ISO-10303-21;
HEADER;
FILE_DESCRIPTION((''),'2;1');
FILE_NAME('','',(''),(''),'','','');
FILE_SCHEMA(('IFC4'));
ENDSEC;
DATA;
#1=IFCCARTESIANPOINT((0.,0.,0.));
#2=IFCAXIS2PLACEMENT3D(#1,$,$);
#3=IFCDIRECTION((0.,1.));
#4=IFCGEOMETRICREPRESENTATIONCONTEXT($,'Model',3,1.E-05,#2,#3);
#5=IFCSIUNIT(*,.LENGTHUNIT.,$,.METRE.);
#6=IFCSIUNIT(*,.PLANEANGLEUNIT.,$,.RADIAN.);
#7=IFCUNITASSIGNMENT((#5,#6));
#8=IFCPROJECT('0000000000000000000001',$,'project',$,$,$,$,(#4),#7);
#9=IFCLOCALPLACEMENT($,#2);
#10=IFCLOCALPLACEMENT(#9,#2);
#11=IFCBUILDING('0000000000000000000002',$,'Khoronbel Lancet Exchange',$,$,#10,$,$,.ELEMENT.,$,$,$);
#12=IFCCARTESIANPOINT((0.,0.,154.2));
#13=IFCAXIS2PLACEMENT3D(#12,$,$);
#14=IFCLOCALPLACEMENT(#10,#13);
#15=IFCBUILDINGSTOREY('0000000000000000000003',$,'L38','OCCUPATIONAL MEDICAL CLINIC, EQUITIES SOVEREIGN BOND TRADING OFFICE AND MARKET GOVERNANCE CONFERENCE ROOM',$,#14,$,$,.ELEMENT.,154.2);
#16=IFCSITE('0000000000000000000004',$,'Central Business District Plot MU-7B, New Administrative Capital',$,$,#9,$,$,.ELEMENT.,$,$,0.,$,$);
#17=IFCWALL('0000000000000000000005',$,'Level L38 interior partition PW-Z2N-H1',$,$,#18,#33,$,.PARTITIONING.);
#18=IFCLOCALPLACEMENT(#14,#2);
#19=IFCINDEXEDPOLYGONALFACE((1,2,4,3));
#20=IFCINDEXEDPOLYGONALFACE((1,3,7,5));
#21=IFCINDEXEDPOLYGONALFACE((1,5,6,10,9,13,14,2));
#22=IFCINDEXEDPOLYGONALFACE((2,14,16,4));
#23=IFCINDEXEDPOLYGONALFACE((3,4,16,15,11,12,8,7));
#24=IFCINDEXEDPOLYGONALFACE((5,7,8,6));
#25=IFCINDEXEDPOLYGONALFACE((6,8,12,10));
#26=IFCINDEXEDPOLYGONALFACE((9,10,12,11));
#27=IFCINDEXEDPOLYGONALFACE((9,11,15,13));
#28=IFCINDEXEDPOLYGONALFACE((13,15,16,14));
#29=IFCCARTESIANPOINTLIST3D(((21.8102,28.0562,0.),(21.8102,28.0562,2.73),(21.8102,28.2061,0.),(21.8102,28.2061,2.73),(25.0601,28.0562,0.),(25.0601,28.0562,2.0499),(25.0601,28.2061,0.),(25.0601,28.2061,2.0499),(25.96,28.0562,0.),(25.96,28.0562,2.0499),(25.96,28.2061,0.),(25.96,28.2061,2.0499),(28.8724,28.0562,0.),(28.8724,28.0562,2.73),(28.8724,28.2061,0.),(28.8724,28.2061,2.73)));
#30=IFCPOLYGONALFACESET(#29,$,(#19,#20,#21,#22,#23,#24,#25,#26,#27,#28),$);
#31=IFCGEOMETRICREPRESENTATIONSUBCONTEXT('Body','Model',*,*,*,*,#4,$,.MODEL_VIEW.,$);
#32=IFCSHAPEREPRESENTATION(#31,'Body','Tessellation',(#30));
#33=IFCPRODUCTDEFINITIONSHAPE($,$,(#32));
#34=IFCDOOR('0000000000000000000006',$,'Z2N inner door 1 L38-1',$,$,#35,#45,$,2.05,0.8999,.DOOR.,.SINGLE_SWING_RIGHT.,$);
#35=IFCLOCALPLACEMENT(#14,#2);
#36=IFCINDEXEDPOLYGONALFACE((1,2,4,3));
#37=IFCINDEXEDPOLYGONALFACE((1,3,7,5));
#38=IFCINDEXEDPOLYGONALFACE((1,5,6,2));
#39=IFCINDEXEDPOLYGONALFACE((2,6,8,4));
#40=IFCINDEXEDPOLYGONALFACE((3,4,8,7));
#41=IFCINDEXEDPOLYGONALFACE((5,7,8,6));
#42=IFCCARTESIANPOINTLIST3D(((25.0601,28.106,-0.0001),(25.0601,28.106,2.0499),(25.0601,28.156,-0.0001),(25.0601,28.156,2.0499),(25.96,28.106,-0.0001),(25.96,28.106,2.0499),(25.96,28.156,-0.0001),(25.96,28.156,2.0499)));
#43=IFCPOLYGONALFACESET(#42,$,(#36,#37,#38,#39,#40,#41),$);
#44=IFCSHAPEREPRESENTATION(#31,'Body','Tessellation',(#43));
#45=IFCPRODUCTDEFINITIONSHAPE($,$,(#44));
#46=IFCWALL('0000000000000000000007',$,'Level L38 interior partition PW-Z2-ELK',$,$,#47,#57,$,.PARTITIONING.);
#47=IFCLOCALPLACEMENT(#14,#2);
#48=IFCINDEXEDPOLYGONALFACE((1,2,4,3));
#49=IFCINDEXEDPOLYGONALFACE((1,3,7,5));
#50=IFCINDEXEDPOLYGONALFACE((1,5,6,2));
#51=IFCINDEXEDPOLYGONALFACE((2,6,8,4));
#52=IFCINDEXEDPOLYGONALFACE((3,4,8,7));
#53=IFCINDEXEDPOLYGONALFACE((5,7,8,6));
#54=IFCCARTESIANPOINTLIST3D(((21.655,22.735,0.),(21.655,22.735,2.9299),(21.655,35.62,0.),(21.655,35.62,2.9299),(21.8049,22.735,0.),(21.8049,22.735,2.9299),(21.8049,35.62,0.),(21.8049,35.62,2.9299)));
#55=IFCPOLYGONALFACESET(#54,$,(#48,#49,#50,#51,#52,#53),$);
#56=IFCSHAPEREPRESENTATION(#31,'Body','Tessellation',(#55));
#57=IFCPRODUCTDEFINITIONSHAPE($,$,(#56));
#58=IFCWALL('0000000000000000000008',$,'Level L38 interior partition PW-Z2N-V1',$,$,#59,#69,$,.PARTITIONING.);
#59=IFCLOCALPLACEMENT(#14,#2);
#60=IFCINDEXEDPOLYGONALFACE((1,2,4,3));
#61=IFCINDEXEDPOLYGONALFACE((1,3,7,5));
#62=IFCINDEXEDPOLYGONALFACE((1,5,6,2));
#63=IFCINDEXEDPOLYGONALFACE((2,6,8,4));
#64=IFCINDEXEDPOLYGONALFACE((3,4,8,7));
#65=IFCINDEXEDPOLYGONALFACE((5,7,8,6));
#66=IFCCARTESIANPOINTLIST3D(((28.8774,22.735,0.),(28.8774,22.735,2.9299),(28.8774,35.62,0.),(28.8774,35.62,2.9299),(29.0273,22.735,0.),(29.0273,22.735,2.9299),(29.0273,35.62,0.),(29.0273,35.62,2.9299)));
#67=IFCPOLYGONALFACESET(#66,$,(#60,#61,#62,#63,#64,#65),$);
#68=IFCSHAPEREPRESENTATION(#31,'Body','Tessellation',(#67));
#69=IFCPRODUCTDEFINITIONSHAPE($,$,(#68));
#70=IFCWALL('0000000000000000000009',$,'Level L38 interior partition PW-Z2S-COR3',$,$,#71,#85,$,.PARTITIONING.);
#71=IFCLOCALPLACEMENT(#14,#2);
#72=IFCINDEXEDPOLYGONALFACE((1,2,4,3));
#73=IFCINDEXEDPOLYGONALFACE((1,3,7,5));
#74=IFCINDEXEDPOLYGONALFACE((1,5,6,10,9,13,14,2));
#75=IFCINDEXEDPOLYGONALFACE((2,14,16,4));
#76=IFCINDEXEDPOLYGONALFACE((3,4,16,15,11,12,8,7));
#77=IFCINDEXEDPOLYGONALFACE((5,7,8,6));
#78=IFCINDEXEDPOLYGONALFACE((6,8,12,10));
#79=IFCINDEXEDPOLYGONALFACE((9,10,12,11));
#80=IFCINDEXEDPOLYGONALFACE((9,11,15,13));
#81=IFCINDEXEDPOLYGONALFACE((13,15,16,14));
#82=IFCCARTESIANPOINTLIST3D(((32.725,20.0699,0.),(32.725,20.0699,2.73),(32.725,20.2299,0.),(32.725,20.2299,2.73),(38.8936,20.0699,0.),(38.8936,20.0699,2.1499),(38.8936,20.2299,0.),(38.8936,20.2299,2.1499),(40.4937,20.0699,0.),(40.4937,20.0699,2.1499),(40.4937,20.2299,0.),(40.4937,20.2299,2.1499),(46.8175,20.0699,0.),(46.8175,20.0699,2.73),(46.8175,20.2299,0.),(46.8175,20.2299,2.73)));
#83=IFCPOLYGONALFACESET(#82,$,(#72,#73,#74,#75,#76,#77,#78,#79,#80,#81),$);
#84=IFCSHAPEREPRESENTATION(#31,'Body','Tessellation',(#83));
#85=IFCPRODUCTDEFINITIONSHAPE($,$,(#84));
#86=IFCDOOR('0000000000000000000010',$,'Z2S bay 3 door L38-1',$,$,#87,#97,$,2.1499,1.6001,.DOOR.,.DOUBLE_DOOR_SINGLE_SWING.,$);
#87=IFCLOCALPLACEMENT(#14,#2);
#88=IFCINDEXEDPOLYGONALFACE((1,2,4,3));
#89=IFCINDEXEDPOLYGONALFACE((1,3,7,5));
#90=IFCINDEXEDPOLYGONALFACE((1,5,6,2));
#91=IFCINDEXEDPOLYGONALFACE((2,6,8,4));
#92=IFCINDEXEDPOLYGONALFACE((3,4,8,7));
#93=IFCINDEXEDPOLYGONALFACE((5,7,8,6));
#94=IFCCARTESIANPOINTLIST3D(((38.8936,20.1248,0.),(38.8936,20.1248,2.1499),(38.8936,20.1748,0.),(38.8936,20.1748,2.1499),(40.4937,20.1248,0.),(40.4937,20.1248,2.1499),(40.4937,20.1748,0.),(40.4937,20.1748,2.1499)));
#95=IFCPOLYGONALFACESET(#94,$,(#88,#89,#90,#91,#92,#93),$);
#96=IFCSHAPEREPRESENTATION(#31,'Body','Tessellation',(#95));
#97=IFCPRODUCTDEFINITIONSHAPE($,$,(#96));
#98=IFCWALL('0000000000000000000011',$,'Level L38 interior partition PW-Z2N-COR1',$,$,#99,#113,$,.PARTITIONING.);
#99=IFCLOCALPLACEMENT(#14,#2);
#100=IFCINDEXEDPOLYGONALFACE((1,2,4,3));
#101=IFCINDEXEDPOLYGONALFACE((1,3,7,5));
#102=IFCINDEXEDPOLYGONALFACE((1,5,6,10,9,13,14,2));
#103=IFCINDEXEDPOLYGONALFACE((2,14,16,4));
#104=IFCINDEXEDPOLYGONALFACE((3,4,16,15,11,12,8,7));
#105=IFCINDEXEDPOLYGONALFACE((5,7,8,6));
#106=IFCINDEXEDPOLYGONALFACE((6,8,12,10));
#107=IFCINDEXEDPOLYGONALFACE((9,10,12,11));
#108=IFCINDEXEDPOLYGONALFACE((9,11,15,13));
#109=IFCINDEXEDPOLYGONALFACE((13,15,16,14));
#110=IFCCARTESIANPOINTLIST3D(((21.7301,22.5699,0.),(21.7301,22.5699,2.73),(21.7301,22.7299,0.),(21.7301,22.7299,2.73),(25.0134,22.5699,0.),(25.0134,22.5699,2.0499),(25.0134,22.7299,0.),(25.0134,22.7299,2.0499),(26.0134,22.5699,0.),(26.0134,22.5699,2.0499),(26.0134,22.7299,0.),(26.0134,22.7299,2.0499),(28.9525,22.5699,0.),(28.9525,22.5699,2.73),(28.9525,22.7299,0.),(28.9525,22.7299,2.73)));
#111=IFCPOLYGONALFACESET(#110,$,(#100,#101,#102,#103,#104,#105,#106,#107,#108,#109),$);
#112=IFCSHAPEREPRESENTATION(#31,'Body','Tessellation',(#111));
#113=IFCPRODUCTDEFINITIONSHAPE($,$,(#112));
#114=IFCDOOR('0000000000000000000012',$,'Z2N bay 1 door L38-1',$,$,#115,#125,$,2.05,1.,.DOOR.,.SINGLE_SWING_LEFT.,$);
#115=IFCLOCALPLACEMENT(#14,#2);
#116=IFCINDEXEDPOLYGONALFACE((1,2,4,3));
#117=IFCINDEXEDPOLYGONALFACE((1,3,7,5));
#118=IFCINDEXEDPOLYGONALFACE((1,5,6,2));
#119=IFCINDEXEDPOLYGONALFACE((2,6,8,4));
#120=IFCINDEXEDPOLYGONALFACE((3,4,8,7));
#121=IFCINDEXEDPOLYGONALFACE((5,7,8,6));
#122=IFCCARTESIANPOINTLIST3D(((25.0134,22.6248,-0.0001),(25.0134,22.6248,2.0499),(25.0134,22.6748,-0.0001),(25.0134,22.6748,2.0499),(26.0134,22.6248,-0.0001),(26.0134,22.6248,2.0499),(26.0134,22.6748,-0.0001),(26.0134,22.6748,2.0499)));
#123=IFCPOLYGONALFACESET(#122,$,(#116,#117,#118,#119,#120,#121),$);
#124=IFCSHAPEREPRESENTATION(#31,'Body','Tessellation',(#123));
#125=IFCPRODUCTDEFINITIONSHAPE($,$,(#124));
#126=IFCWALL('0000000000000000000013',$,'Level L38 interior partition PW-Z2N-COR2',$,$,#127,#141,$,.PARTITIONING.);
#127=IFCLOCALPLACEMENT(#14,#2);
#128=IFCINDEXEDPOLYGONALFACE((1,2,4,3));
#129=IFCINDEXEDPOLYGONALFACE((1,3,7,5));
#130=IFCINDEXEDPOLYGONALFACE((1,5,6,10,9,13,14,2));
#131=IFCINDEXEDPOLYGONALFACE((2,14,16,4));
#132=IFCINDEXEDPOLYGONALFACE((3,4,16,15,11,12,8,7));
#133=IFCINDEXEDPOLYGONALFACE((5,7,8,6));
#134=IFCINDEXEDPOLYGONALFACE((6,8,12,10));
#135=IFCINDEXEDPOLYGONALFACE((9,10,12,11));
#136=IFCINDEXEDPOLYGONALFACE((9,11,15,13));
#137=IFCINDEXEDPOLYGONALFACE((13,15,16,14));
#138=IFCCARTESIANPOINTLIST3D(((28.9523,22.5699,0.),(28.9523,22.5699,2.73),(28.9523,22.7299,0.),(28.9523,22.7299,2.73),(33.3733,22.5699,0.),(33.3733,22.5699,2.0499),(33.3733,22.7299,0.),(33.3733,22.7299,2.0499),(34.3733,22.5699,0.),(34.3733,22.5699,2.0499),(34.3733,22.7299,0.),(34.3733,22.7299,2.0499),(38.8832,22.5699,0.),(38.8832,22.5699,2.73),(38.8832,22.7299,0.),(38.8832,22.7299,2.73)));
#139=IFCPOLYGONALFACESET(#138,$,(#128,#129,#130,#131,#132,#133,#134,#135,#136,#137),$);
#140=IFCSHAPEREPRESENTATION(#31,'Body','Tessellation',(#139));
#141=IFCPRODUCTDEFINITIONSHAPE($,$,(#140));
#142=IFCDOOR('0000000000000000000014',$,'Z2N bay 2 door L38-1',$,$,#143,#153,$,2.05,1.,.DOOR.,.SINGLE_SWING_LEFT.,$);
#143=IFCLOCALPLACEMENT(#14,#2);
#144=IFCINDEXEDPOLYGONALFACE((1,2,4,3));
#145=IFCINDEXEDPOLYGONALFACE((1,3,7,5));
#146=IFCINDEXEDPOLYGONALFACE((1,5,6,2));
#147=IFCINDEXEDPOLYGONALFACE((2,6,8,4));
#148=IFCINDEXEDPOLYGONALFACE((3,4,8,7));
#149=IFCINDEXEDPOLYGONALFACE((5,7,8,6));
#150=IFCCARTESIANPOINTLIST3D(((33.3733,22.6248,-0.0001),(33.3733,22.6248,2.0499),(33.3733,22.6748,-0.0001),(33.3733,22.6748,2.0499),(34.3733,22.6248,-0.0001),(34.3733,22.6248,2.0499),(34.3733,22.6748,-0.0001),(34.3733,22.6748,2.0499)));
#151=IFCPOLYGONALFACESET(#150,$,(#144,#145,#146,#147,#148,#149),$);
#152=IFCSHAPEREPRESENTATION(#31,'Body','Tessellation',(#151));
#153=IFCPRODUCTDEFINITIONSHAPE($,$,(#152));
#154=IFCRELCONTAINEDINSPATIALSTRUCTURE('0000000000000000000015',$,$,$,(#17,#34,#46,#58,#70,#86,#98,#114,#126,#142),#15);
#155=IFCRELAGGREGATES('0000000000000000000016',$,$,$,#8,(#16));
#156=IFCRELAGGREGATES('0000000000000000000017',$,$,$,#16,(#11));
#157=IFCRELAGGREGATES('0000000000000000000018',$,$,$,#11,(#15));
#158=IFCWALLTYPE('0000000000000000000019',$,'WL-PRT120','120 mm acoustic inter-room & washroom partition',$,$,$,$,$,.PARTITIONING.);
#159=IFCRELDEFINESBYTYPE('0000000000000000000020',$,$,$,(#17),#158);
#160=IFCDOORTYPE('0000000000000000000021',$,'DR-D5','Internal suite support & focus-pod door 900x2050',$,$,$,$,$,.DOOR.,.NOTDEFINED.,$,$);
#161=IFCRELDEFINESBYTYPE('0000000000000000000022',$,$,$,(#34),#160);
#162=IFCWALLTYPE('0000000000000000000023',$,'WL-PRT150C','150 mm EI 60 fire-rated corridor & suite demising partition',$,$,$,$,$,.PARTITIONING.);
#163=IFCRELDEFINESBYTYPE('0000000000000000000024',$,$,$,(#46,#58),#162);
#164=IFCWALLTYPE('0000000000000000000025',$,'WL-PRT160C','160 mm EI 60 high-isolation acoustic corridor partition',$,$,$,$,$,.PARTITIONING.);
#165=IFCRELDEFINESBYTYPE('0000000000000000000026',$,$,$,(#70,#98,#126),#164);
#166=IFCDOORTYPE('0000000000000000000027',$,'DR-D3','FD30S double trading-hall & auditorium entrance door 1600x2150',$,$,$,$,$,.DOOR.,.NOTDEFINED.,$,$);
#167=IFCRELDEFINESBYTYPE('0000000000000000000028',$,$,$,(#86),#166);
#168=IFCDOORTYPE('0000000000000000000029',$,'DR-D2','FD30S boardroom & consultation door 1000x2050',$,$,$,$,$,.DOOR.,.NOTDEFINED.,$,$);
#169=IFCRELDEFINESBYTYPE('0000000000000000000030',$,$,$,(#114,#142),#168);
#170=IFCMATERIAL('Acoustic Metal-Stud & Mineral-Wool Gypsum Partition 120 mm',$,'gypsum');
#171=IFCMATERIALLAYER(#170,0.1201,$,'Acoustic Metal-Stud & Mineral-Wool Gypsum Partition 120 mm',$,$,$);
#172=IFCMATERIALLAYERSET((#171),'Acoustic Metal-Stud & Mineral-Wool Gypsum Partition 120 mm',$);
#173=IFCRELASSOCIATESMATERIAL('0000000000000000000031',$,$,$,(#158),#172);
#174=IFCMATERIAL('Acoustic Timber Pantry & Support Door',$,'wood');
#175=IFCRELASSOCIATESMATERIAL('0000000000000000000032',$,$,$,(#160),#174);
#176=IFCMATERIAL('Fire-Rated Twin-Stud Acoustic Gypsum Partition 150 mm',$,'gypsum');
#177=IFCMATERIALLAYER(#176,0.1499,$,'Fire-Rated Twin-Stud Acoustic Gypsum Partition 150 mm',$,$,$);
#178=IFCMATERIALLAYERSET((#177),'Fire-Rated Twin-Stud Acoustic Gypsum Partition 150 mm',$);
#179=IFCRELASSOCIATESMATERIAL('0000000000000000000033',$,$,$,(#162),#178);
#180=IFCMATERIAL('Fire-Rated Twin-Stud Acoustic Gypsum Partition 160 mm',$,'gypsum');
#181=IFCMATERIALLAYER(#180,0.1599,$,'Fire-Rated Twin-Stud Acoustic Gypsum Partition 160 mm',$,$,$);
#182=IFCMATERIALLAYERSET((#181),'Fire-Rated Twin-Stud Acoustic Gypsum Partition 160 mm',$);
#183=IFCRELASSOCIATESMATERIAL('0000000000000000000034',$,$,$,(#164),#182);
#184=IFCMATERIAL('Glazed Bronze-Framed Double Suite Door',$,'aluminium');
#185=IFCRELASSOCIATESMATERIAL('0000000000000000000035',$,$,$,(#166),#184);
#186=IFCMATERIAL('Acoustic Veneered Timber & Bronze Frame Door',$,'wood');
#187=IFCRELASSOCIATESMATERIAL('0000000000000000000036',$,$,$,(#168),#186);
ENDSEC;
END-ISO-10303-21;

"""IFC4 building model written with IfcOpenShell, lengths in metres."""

from ifc_helpers import new_model, si_unit, direction, frame, frame_2d, origin, place, context, subcontext, project, spatial, rectangle, extrude, material, layer, layer_set, type_object, element, fill, save


model = new_model("IFC4")

# Units and contexts
model_context = context("Model", 3, precision=1e-05, world=origin(), true_north=direction((0.0, 1.0)))
body_context = subcontext(model_context, "Body", "Model", "MODEL_VIEW")
ifc_project = project(units=[si_unit("LENGTHUNIT", "METRE"), si_unit("PLANEANGLEUNIT", "RADIAN")], contexts=[model_context])

# Site, building, storey
site_placement = place(None, origin())
site = spatial("IfcSite", under=ifc_project, at=site_placement, Name="Central Business District Plot MU-7B, New Administrative Capital", CompositionType="ELEMENT", RefElevation=0.0)
building_placement = place(site_placement, origin())
building = spatial("IfcBuilding", under=site, at=building_placement, Name="Khoronbel Lancet Exchange", CompositionType="ELEMENT")
storey_placement = place(building_placement, frame((0.0, 0.0, 154.2)))
storey = spatial("IfcBuildingStorey", under=building, at=storey_placement, Name="L38", Description="OCCUPATIONAL MEDICAL CLINIC, EQUITIES SOVEREIGN BOND TRADING OFFICE AND MARKET GOVERNANCE CONFERENCE ROOM", CompositionType="ELEMENT", Elevation=154.2)

# Wall, opening, door
ifc_material_1 = material(Name="Acoustic Metal-Stud & Mineral-Wool Gypsum Partition 120 mm", Category="gypsum")
ifc_layer_1 = layer(ifc_material_1, 0.1201, Name="Acoustic Metal-Stud & Mineral-Wool Gypsum Partition 120 mm")
ifc_layer_set_1 = layer_set([ifc_layer_1], Name="Acoustic Metal-Stud & Mineral-Wool Gypsum Partition 120 mm")
wall_type_1 = type_object("IfcWallType", Name="WL-PRT120", Description="120 mm acoustic inter-room & washroom partition", PredefinedType="PARTITIONING", material=ifc_layer_set_1)
ifc_material_2 = material(Name="Acoustic Timber Pantry & Support Door", Category="wood")
door_type_1 = type_object("IfcDoorType", Name="DR-D5", Description="Internal suite support & focus-pod door 900x2050", OperationType="NOTDEFINED", PredefinedType="DOOR", material=ifc_material_2)
wall_1_placement = place(storey_placement, frame((21.8101, 28.1311, 0.0), z_axis=(0.0, 0.0, 1.0), x_axis=(1.0, 0.0, 0.0)))
wall_1 = element("IfcWall", 1, at=wall_1_placement, inside=storey, type_object=wall_type_1, Name="Level L38 interior partition PW-Z2N-H1", PredefinedType="PARTITIONING", context=body_context, shape_type="SweptSolid", body=[
    extrude(rectangle(XDim=7.0623, YDim=0.1499, at=frame_2d((3.5312, 0.0))), origin(), (0.0, 0.0, 1.0), 2.73),
])
opening_1_placement = place(wall_1_placement, frame((3.25, 0.0, 0.0)))
opening_1 = element("IfcOpeningElement", 2, at=opening_1_placement, cuts=wall_1, PredefinedType="OPENING", context=body_context, shape_type="SweptSolid", body=[
    extrude(rectangle(XDim=0.8999, YDim=2.05, at=frame_2d((0.45, 1.0249))), frame((0.0, 0.085, 0.0), z_axis=(0.0, -1.0, 0.0), x_axis=(1.0, 0.0, 0.0)), (0.0, 0.0, 1.0), 0.1699),
])
door_1_placement = place(opening_1_placement, origin())
door_1 = element("IfcDoor", 3, at=door_1_placement, inside=storey, type_object=door_type_1, Name="Z2N inner door 1 L38-1", OperationType="SINGLE_SWING_RIGHT", OverallHeight=2.05, OverallWidth=0.8999, PredefinedType="DOOR", context=body_context, shape_type="SweptSolid", body=[
    extrude(rectangle(XDim=0.8999, YDim=2.05, at=frame_2d((0.45, 1.0249))), frame((0.0, 0.0249, 0.0), z_axis=(0.0, -1.0, 0.0), x_axis=(1.0, 0.0, 0.0)), (0.0, 0.0, 1.0), 0.05),
])
fill(opening_1, door_1)

# Walls
ifc_material_3 = material(Name="Fire-Rated Twin-Stud Acoustic Gypsum Partition 150 mm", Category="gypsum")
ifc_layer_2 = layer(ifc_material_3, 0.1499, Name="Fire-Rated Twin-Stud Acoustic Gypsum Partition 150 mm")
ifc_layer_set_2 = layer_set([ifc_layer_2], Name="Fire-Rated Twin-Stud Acoustic Gypsum Partition 150 mm")
wall_type_2 = type_object("IfcWallType", Name="WL-PRT150C", Description="150 mm EI 60 fire-rated corridor & suite demising partition", PredefinedType="PARTITIONING", material=ifc_layer_set_2)
for number, where, z_axis, x_axis, name in (
    (4, (21.73, 22.7351, 0.0), (0.0, 0.0, 1.0), (0.0, 1.0, 0.0), "Level L38 interior partition PW-Z2-ELK"),
    (5, (28.9524, 22.7351, 0.0), (0.0, 0.0, 1.0), (0.0, 1.0, 0.0), "Level L38 interior partition PW-Z2N-V1"),
):
    element("IfcWall", number, at=place(storey_placement, frame(where, z_axis=z_axis, x_axis=x_axis)), inside=storey, type_object=wall_type_2, Name=name, PredefinedType="PARTITIONING", context=body_context, shape_type="SweptSolid", body=[
        extrude(rectangle(XDim=12.885, YDim=0.1499, at=frame_2d((6.4424, 0.0))), origin(), (0.0, 0.0, 1.0), 2.9299),
    ])

# Walls, openings, doors
ifc_material_4 = material(Name="Fire-Rated Twin-Stud Acoustic Gypsum Partition 160 mm", Category="gypsum")
ifc_layer_3 = layer(ifc_material_4, 0.1599, Name="Fire-Rated Twin-Stud Acoustic Gypsum Partition 160 mm")
ifc_layer_set_3 = layer_set([ifc_layer_3], Name="Fire-Rated Twin-Stud Acoustic Gypsum Partition 160 mm")
wall_type_3 = type_object("IfcWallType", Name="WL-PRT160C", Description="160 mm EI 60 high-isolation acoustic corridor partition", PredefinedType="PARTITIONING", material=ifc_layer_set_3)
wall_2_placement = place(storey_placement, frame((32.7249, 20.1499, 0.0), z_axis=(0.0, 0.0, 1.0), x_axis=(1.0, 0.0, 0.0)))
wall_2 = element("IfcWall", 6, at=wall_2_placement, inside=storey, type_object=wall_type_3, Name="Level L38 interior partition PW-Z2S-COR3", PredefinedType="PARTITIONING", context=body_context, shape_type="SweptSolid", body=[
    extrude(rectangle(XDim=14.0925, YDim=0.1599, at=frame_2d((7.0464, 0.0))), origin(), (0.0, 0.0, 1.0), 2.73),
])
opening_2_placement = place(wall_2_placement, frame((6.1687, 0.0, 0.0)))
opening_2 = element("IfcOpeningElement", 7, at=opening_2_placement, cuts=wall_2, PredefinedType="OPENING", context=body_context, shape_type="SweptSolid", body=[
    extrude(rectangle(XDim=1.6001, YDim=2.1499, at=frame_2d((0.8, 1.075))), frame((0.0, 0.0898, 0.0), z_axis=(0.0, -1.0, 0.0), x_axis=(1.0, 0.0, 0.0)), (0.0, 0.0, 1.0), 0.1799),
])
ifc_material_5 = material(Name="Glazed Bronze-Framed Double Suite Door", Category="aluminium")
door_type_2 = type_object("IfcDoorType", Name="DR-D3", Description="FD30S double trading-hall & auditorium entrance door 1600x2150", OperationType="NOTDEFINED", PredefinedType="DOOR", material=ifc_material_5)
door_2_placement = place(opening_2_placement, origin())
door_2 = element("IfcDoor", 8, at=door_2_placement, inside=storey, type_object=door_type_2, Name="Z2S bay 3 door L38-1", OperationType="DOUBLE_DOOR_SINGLE_SWING", OverallHeight=2.1499, OverallWidth=1.6001, PredefinedType="DOOR", context=body_context, shape_type="SweptSolid", body=[
    extrude(rectangle(XDim=1.6001, YDim=2.1499, at=frame_2d((0.8, 1.075))), frame((0.0, 0.0249, 0.0), z_axis=(0.0, -1.0, 0.0), x_axis=(1.0, 0.0, 0.0)), (0.0, 0.0, 1.0), 0.05),
])
fill(opening_2, door_2)
wall_3_placement = place(storey_placement, frame((21.73, 22.6499, 0.0), z_axis=(0.0, 0.0, 1.0), x_axis=(1.0, 0.0, 0.0)))
wall_3 = element("IfcWall", 9, at=wall_3_placement, inside=storey, type_object=wall_type_3, Name="Level L38 interior partition PW-Z2N-COR1", PredefinedType="PARTITIONING", context=body_context, shape_type="SweptSolid", body=[
    extrude(rectangle(XDim=7.2224, YDim=0.1599, at=frame_2d((3.6113, 0.0))), origin(), (0.0, 0.0, 1.0), 2.73),
])
opening_3_placement = place(wall_3_placement, frame((3.2834, 0.0, 0.0)))
opening_3 = element("IfcOpeningElement", 10, at=opening_3_placement, cuts=wall_3, PredefinedType="OPENING", context=body_context, shape_type="SweptSolid", body=[
    extrude(rectangle(XDim=1.0, YDim=2.05, at=frame_2d((0.5, 1.0249))), frame((0.0, 0.0898, 0.0), z_axis=(0.0, -1.0, 0.0), x_axis=(1.0, 0.0, 0.0)), (0.0, 0.0, 1.0), 0.1799),
])
ifc_material_6 = material(Name="Acoustic Veneered Timber & Bronze Frame Door", Category="wood")
door_type_3 = type_object("IfcDoorType", Name="DR-D2", Description="FD30S boardroom & consultation door 1000x2050", OperationType="NOTDEFINED", PredefinedType="DOOR", material=ifc_material_6)
door_3_placement = place(opening_3_placement, origin())
door_3 = element("IfcDoor", 11, at=door_3_placement, inside=storey, type_object=door_type_3, Name="Z2N bay 1 door L38-1", OperationType="SINGLE_SWING_LEFT", OverallHeight=2.05, OverallWidth=1.0, PredefinedType="DOOR", context=body_context, shape_type="SweptSolid", body=[
    extrude(rectangle(XDim=1.0, YDim=2.05, at=frame_2d((0.5, 1.0249))), frame((0.0, 0.0249, 0.0), z_axis=(0.0, -1.0, 0.0), x_axis=(1.0, 0.0, 0.0)), (0.0, 0.0, 1.0), 0.05),
])
fill(opening_3, door_3)
wall_4_placement = place(storey_placement, frame((28.9524, 22.6499, 0.0), z_axis=(0.0, 0.0, 1.0), x_axis=(1.0, 0.0, 0.0)))
wall_4 = element("IfcWall", 12, at=wall_4_placement, inside=storey, type_object=wall_type_3, Name="Level L38 interior partition PW-Z2N-COR2", PredefinedType="PARTITIONING", context=body_context, shape_type="SweptSolid", body=[
    extrude(rectangle(XDim=9.9309, YDim=0.1599, at=frame_2d((4.9653, 0.0))), origin(), (0.0, 0.0, 1.0), 2.73),
])
opening_4_placement = place(wall_4_placement, frame((4.4209, 0.0, 0.0)))
opening_4 = element("IfcOpeningElement", 13, at=opening_4_placement, cuts=wall_4, PredefinedType="OPENING", context=body_context, shape_type="SweptSolid", body=[
    extrude(rectangle(XDim=1.0, YDim=2.05, at=frame_2d((0.5, 1.0249))), frame((0.0, 0.0898, 0.0), z_axis=(0.0, -1.0, 0.0), x_axis=(1.0, 0.0, 0.0)), (0.0, 0.0, 1.0), 0.1799),
])
door_4_placement = place(opening_4_placement, origin())
door_4 = element("IfcDoor", 14, at=door_4_placement, inside=storey, type_object=door_type_3, Name="Z2N bay 2 door L38-1", OperationType="SINGLE_SWING_LEFT", OverallHeight=2.05, OverallWidth=1.0, PredefinedType="DOOR", context=body_context, shape_type="SweptSolid", body=[
    extrude(rectangle(XDim=1.0, YDim=2.05, at=frame_2d((0.5, 1.0249))), frame((0.0, 0.0249, 0.0), z_axis=(0.0, -1.0, 0.0), x_axis=(1.0, 0.0, 0.0)), (0.0, 0.0, 1.0), 0.05),
])
fill(opening_4, door_4)

save(model, "model.ifc")
